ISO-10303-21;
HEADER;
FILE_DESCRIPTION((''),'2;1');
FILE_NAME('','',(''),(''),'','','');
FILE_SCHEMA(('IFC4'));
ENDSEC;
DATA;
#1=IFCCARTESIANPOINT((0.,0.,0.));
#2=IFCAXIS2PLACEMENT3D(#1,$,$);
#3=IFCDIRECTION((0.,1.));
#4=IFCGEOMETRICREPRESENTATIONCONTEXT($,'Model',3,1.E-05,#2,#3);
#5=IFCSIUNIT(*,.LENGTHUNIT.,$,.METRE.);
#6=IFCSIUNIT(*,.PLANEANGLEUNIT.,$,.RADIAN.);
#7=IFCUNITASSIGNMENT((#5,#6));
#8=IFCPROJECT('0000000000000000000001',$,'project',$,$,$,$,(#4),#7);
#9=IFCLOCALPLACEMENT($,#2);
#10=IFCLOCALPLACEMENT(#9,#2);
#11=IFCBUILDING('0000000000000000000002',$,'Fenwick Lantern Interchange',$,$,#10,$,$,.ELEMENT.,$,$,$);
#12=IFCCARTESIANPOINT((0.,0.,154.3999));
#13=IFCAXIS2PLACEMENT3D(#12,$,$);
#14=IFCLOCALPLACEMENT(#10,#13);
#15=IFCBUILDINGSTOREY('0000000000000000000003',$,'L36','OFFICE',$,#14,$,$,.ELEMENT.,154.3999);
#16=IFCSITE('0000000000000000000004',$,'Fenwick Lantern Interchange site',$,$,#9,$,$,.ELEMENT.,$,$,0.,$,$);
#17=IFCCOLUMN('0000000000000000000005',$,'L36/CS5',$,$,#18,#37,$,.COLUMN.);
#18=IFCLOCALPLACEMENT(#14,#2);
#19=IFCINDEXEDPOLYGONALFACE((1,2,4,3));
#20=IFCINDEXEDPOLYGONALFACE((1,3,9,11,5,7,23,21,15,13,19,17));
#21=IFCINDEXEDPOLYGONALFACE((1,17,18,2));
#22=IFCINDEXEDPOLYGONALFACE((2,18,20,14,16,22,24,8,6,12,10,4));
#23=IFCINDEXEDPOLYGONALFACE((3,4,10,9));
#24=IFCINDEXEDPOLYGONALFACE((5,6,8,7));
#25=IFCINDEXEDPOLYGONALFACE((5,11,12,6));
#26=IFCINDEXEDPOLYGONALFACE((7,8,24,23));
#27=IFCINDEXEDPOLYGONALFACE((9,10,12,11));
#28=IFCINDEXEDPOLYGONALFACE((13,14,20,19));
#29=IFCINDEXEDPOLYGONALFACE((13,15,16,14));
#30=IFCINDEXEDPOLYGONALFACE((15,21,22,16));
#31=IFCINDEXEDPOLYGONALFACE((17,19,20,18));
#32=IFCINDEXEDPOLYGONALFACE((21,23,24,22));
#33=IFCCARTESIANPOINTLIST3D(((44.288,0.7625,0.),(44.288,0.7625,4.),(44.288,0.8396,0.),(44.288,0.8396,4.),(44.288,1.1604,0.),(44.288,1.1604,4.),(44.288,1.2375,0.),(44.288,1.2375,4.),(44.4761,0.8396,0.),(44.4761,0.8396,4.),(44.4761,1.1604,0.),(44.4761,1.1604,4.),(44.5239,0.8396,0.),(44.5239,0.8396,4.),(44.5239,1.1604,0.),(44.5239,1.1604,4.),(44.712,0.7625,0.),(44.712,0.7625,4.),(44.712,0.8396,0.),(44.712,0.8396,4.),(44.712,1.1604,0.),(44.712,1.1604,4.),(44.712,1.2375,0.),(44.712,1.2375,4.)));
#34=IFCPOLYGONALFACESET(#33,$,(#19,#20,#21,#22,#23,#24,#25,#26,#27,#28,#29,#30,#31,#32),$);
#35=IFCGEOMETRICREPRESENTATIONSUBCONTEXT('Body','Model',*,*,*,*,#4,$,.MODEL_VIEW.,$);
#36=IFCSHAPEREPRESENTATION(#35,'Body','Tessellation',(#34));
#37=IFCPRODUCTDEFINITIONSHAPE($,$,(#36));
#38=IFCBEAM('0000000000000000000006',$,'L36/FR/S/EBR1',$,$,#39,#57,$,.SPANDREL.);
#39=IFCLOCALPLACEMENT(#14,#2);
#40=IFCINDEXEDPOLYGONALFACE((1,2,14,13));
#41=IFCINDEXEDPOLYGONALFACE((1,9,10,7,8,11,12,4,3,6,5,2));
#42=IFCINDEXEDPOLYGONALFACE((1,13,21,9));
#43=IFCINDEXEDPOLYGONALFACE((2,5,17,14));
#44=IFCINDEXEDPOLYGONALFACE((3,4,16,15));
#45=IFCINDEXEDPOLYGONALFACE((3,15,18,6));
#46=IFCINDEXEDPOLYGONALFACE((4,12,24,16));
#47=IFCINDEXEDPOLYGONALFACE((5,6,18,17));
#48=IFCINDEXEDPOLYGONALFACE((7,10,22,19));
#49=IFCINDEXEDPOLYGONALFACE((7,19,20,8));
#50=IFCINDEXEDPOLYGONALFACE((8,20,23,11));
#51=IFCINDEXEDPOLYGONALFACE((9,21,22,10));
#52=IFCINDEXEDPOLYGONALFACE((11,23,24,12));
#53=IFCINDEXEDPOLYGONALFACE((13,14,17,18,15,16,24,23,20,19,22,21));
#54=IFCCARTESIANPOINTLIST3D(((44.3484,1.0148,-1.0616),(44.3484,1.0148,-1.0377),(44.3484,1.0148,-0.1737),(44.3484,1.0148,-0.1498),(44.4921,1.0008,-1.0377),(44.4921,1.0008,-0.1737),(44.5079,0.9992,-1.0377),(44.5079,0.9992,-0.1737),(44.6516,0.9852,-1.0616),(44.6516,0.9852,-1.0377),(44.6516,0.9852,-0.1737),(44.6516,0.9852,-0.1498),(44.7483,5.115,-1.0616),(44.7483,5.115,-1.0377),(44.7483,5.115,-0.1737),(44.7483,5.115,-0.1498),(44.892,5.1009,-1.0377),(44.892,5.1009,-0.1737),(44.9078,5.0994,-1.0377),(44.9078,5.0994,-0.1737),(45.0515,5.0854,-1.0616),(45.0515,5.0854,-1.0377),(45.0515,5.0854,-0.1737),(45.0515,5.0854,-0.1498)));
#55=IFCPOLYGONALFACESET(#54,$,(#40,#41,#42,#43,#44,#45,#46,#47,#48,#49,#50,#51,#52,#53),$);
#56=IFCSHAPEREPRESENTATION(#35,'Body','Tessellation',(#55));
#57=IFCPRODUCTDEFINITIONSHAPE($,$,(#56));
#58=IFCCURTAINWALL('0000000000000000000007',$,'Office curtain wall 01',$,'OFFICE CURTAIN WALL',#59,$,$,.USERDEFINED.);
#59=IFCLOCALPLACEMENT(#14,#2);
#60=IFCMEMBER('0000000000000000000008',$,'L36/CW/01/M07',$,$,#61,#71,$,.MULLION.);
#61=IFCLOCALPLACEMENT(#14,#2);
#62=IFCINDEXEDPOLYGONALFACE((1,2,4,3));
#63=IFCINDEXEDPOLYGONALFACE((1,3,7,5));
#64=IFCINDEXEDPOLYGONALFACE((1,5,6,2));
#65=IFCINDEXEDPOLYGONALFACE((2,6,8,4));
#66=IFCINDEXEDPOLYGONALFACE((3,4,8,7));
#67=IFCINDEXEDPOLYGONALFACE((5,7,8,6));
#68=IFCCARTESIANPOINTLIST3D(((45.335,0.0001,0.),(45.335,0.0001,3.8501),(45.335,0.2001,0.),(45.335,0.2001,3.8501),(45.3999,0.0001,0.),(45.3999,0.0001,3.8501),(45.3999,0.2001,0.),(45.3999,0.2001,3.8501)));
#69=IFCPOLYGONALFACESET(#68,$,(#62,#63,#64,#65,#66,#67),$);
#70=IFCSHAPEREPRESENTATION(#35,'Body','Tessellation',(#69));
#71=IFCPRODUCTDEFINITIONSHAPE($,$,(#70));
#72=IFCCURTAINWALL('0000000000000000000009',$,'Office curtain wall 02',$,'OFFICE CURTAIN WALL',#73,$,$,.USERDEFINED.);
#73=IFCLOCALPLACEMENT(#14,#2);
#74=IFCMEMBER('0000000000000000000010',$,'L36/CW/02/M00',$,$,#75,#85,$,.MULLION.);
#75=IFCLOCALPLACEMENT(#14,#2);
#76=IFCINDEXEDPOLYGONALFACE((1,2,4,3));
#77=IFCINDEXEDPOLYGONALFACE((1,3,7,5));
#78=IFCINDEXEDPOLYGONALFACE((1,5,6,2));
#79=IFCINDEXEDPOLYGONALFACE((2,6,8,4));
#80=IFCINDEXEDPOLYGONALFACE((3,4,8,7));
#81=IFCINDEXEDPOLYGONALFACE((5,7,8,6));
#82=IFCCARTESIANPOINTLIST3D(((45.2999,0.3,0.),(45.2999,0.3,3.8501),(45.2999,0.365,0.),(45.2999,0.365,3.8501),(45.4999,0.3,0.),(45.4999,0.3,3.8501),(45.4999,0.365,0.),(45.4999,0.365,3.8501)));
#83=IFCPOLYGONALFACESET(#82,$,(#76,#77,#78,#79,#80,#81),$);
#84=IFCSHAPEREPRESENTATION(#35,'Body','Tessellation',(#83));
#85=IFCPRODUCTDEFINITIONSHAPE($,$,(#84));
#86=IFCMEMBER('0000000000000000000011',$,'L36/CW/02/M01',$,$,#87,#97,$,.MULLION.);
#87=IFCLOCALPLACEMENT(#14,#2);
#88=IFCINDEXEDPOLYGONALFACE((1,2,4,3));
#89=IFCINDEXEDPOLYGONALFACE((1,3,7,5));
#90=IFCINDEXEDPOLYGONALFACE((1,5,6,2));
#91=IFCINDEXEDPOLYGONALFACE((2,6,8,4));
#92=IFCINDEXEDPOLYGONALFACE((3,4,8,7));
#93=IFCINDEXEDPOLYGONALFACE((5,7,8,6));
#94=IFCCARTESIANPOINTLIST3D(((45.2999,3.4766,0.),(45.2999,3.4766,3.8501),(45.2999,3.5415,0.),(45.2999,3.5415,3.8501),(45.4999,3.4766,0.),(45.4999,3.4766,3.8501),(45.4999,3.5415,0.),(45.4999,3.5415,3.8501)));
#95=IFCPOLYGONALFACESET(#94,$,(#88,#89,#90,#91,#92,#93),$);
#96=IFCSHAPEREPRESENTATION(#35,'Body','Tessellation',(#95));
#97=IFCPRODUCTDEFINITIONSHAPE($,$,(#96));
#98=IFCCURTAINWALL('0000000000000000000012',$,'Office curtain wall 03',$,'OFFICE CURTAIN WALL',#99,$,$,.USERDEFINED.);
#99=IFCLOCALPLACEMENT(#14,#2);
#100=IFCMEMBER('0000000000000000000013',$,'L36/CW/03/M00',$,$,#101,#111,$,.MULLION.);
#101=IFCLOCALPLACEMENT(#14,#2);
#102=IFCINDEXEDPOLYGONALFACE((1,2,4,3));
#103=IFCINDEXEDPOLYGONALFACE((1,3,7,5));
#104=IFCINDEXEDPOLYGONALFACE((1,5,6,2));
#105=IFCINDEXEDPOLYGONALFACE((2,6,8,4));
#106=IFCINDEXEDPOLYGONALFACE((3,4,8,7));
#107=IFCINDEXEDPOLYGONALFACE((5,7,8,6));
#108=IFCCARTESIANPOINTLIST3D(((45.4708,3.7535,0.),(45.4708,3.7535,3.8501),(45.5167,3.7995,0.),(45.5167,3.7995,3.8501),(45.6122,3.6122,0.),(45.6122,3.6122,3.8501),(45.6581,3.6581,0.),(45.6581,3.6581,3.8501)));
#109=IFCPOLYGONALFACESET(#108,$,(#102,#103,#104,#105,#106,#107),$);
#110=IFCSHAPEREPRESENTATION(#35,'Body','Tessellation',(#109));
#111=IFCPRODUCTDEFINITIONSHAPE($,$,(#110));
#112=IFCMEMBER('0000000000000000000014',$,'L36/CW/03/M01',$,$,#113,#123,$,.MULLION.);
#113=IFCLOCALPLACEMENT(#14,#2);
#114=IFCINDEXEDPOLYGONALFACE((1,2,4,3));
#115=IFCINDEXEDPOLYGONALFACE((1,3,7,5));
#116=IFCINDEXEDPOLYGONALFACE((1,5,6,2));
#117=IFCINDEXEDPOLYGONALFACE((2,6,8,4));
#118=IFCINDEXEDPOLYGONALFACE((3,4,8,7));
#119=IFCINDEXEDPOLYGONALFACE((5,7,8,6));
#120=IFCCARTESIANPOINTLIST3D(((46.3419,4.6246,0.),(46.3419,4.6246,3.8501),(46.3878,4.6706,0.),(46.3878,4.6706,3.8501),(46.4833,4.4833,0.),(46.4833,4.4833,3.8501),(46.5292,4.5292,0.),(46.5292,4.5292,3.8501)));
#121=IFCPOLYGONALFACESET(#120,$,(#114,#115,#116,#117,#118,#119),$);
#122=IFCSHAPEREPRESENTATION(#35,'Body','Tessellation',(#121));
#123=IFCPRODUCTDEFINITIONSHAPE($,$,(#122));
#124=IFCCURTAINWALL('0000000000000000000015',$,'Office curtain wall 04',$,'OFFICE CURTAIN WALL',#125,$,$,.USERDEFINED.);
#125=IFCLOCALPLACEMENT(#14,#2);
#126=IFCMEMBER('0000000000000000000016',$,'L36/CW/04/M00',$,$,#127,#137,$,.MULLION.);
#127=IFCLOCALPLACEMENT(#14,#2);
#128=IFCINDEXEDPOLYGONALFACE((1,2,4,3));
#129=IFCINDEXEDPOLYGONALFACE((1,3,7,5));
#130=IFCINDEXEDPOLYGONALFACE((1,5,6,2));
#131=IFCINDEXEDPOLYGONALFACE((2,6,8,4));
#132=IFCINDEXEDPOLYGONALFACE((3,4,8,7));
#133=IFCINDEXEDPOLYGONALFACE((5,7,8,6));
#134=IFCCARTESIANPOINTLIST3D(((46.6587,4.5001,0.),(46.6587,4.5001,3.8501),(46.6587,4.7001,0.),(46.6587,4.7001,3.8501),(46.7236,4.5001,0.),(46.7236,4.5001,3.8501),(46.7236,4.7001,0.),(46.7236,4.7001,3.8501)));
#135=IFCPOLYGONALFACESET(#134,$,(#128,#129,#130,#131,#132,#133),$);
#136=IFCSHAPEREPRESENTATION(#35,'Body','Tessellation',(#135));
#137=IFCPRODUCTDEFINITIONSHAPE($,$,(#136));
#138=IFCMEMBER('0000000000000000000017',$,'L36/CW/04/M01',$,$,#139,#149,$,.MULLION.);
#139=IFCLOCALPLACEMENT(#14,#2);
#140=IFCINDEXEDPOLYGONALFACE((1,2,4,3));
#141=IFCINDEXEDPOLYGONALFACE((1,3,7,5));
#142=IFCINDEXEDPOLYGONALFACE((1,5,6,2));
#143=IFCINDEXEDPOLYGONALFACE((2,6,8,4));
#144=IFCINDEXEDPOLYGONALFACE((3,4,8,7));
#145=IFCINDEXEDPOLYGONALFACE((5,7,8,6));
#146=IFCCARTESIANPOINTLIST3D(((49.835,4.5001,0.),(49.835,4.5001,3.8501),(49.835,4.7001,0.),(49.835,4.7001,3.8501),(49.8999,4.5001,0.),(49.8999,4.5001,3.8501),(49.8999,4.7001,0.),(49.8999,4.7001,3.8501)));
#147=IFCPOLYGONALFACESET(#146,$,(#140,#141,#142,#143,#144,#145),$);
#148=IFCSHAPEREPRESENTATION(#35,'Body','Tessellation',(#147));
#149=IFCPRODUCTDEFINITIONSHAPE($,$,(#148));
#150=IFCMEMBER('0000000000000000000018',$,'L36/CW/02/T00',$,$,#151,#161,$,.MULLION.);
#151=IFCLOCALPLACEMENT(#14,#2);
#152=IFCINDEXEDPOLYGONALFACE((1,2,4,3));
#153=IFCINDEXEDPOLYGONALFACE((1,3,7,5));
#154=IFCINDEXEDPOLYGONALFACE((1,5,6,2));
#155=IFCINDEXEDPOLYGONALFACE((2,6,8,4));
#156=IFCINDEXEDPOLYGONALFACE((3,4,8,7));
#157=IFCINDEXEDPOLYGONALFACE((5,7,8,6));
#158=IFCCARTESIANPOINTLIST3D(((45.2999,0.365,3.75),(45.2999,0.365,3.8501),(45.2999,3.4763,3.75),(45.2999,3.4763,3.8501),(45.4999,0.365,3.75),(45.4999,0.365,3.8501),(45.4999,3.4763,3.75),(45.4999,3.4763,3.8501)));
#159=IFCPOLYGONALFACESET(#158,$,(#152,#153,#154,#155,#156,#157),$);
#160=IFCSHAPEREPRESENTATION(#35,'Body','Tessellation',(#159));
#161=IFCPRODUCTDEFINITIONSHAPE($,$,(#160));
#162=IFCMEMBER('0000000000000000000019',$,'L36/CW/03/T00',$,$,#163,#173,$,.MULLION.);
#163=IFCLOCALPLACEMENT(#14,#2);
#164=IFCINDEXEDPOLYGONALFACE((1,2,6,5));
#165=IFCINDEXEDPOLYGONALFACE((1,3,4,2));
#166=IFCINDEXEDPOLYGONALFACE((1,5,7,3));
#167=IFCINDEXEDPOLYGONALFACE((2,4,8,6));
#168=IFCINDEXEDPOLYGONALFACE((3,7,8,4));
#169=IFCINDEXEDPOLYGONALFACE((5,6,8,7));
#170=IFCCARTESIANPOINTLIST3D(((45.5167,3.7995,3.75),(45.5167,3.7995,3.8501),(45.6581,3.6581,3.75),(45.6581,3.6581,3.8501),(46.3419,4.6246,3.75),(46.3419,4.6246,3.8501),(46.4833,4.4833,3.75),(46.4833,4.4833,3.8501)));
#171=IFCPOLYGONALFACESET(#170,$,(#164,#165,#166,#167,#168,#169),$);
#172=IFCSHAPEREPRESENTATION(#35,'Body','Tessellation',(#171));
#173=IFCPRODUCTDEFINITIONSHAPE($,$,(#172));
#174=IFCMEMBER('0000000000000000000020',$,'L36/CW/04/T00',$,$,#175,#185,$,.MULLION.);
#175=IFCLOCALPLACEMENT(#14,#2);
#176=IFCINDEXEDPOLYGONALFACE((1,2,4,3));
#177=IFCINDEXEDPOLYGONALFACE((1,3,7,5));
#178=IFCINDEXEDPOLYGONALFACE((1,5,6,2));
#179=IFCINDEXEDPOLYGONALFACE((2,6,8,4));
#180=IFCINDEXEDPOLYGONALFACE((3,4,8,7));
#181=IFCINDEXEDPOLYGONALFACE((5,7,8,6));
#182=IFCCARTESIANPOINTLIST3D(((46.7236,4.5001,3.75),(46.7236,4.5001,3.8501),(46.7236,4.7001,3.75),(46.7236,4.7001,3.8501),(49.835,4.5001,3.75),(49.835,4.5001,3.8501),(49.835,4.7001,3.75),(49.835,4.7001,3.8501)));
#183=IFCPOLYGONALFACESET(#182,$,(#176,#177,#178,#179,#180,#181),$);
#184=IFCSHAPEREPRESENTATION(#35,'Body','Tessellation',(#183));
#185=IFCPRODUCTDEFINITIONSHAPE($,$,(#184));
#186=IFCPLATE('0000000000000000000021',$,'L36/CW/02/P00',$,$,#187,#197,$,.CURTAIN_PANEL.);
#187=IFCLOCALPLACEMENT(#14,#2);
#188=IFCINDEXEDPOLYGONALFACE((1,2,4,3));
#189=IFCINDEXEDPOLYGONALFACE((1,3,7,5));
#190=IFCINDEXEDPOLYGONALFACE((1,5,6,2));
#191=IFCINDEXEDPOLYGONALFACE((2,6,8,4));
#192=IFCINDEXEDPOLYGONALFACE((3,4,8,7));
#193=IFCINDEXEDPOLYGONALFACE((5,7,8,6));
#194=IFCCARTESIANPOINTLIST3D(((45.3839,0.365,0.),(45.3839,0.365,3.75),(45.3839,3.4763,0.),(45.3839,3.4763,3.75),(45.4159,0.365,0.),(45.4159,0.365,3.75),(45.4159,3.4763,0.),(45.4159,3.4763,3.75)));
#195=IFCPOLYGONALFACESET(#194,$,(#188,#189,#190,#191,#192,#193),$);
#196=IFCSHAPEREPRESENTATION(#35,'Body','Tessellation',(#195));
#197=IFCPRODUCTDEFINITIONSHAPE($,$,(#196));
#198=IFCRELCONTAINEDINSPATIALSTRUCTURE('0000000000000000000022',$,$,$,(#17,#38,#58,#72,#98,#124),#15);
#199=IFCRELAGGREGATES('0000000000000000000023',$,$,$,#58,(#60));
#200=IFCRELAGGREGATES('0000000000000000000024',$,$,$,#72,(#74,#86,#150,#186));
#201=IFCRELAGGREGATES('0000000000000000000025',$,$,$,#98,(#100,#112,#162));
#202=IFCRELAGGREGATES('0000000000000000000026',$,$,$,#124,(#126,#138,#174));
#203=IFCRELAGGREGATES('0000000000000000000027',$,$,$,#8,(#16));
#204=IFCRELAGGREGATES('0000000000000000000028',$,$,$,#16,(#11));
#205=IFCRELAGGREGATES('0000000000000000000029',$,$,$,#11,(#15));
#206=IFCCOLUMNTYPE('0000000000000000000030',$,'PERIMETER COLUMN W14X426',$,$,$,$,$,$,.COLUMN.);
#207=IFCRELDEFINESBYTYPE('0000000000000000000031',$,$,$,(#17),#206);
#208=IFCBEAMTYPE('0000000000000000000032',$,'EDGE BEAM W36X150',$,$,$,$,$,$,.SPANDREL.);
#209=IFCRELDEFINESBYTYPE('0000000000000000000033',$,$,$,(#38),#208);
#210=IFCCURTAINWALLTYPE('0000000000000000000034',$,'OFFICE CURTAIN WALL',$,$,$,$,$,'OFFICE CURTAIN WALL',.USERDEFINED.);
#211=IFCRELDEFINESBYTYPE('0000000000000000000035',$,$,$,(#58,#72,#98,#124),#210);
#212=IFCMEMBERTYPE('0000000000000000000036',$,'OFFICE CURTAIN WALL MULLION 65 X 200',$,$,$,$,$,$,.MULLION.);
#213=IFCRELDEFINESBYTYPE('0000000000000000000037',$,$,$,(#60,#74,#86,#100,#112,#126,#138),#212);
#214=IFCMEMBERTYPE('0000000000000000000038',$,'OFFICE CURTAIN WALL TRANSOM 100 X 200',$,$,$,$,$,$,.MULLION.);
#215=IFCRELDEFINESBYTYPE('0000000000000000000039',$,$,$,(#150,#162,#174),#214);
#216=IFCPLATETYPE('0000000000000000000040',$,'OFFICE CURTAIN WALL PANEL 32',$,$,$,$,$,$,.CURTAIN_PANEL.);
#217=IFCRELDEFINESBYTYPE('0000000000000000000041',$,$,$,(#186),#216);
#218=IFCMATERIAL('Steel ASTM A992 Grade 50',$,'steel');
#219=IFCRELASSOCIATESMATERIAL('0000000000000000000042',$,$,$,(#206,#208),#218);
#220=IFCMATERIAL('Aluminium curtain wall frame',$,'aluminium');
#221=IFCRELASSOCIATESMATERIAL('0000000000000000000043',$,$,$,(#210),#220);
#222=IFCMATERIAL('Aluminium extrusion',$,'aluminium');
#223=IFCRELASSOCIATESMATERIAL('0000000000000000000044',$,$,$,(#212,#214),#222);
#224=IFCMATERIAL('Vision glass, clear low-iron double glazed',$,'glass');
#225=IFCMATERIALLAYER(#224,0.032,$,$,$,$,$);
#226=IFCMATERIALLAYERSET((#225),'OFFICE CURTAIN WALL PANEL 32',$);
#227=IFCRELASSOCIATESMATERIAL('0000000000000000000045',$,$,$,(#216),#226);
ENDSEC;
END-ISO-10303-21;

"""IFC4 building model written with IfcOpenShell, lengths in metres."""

from ifc_helpers import new_model, si_unit, direction, frame, origin, origin_2d, place, context, subcontext, project, spatial, rectangle, i_section, extrude, material, layer, layer_set, material_profile, profile_set, type_object, element, aggregate, save


model = new_model("IFC4")

# Units and contexts
model_context = context("Model", 3, precision=1e-05, world=origin(), true_north=direction((0.0, 1.0)))
body_context = subcontext(model_context, "Body", "Model", "MODEL_VIEW")
ifc_project = project(units=[si_unit("LENGTHUNIT", "METRE"), si_unit("PLANEANGLEUNIT", "RADIAN")], contexts=[model_context])

# Site, building, storey
site_placement = place(None, origin())
site = spatial("IfcSite", under=ifc_project, at=site_placement, Name="Fenwick Lantern Interchange site", CompositionType="ELEMENT", RefElevation=0.0)
building_placement = place(site_placement, origin())
building = spatial("IfcBuilding", under=site, at=building_placement, Name="Fenwick Lantern Interchange", CompositionType="ELEMENT")
storey_placement = place(building_placement, frame((0.0, 0.0, 154.3999)))
storey = spatial("IfcBuildingStorey", under=building, at=storey_placement, Name="L36", Description="OFFICE", CompositionType="ELEMENT", Elevation=154.3999)

# Column
ifc_material_1 = material(Name="Steel ASTM A992 Grade 50", Category="steel")
ifc_material_profile_1 = material_profile(ifc_material_1, i_section(OverallWidth=0.4241, OverallDepth=0.4751, WebThickness=0.0479, FlangeThickness=0.0771, at=origin_2d()), Name="W14X426")
ifc_profile_set_1 = profile_set([ifc_material_profile_1], Name="Steel ASTM A992 Grade 50")
column_type = type_object("IfcColumnType", Name="PERIMETER COLUMN W14X426", PredefinedType="COLUMN", material=ifc_profile_set_1)
column_placement = place(storey_placement, frame((44.5, 1.0, 0.0), z_axis=(0.0, 0.0, 1.0), x_axis=(1.0, 0.0, 0.0)))
element("IfcColumn", 1, at=column_placement, inside=storey, type_object=column_type, Name="L36/CS5", PredefinedType="COLUMN", context=body_context, shape_type="SweptSolid", body=[
    extrude(i_section(OverallWidth=0.4241, OverallDepth=0.4751, WebThickness=0.0479, FlangeThickness=0.0771, at=origin_2d()), origin(), (0.0, 0.0, 1.0), 4.0),
])

# Beam
ifc_material_profile_2 = material_profile(ifc_material_1, i_section(OverallWidth=0.3047, OverallDepth=0.9119, WebThickness=0.0159, FlangeThickness=0.0239, at=origin_2d()), Name="W36X150")
ifc_profile_set_2 = profile_set([ifc_material_profile_2], Name="Steel ASTM A992 Grade 50")
beam_type = type_object("IfcBeamType", Name="EDGE BEAM W36X150", PredefinedType="SPANDREL", material=ifc_profile_set_2)
beam_placement = place(storey_placement, frame((44.5, 1.0, -0.6057), z_axis=(0.097074, 0.995277, 0.0), x_axis=(-0.995277, 0.097074, 0.0)))
element("IfcBeam", 2, at=beam_placement, inside=storey, type_object=beam_type, Name="L36/FR/S/EBR1", PredefinedType="SPANDREL", context=body_context, shape_type="SweptSolid", body=[
    extrude(i_section(OverallWidth=0.3047, OverallDepth=0.9119, WebThickness=0.0159, FlangeThickness=0.0239, at=origin_2d()), origin(), (0.0, 0.0, 1.0), 4.1196),
])

# Curtain wall, member
ifc_material_2 = material(Name="Aluminium curtain wall frame", Category="aluminium")
curtain_wall_type = type_object("IfcCurtainWallType", Name="OFFICE CURTAIN WALL", ElementType="OFFICE CURTAIN WALL", PredefinedType="USERDEFINED", material=ifc_material_2)
curtain_wall_1_placement = place(storey_placement, origin())
curtain_wall_1 = element("IfcCurtainWall", 3, at=curtain_wall_1_placement, inside=storey, type_object=curtain_wall_type, Name="Office curtain wall 01", ObjectType="OFFICE CURTAIN WALL", PredefinedType="USERDEFINED")
ifc_material_3 = material(Name="Aluminium extrusion", Category="aluminium")
ifc_material_profile_3 = material_profile(ifc_material_3, rectangle(XDim=0.2, YDim=0.0649, at=origin_2d()), Name="OFFICE CURTAIN WALL MULLION 65 X 200")
ifc_profile_set_3 = profile_set([ifc_material_profile_3], Name="Aluminium extrusion")
member_type_1 = type_object("IfcMemberType", Name="OFFICE CURTAIN WALL MULLION 65 X 200", PredefinedType="MULLION", material=ifc_profile_set_3)
member_1_placement = place(storey_placement, frame((45.3674, 0.1001, 0.0), z_axis=(0.0, 0.0, 1.0), x_axis=(0.0, 1.0, 0.0)))
member_1 = element("IfcMember", 4, at=member_1_placement, type_object=member_type_1, Name="L36/CW/01/M07", PredefinedType="MULLION", context=body_context, shape_type="SweptSolid", body=[
    extrude(rectangle(XDim=0.2, YDim=0.0649, at=origin_2d()), origin(), (0.0, 0.0, 1.0), 3.8501),
])
aggregate(curtain_wall_1, [member_1])

# Curtain walls, members
curtain_wall_2_placement = place(storey_placement, origin())
curtain_wall_2 = element("IfcCurtainWall", 5, at=curtain_wall_2_placement, inside=storey, type_object=curtain_wall_type, Name="Office curtain wall 02", ObjectType="OFFICE CURTAIN WALL", PredefinedType="USERDEFINED")
member_2_placement = place(storey_placement, frame((45.3999, 0.3325, 0.0), z_axis=(0.0, 0.0, 1.0), x_axis=(-1.0, 0.0, 0.0)))
member_2 = element("IfcMember", 6, at=member_2_placement, type_object=member_type_1, Name="L36/CW/02/M00", PredefinedType="MULLION", context=body_context, shape_type="SweptSolid", body=[
    extrude(rectangle(XDim=0.2, YDim=0.0649, at=origin_2d()), origin(), (0.0, 0.0, 1.0), 3.8501),
])
member_3_placement = place(storey_placement, frame((45.3999, 3.509, 0.0), z_axis=(0.0, 0.0, 1.0), x_axis=(-1.0, 0.0, 0.0)))
member_3 = element("IfcMember", 7, at=member_3_placement, type_object=member_type_1, Name="L36/CW/02/M01", PredefinedType="MULLION", context=body_context, shape_type="SweptSolid", body=[
    extrude(rectangle(XDim=0.2, YDim=0.0649, at=origin_2d()), origin(), (0.0, 0.0, 1.0), 3.8501),
])
curtain_wall_3_placement = place(storey_placement, origin())
curtain_wall_3 = element("IfcCurtainWall", 8, at=curtain_wall_3_placement, inside=storey, type_object=curtain_wall_type, Name="Office curtain wall 03", ObjectType="OFFICE CURTAIN WALL", PredefinedType="USERDEFINED")
member_4_placement = place(storey_placement, frame((45.5645, 3.7058, 0.0), z_axis=(0.0, 0.0, 1.0), x_axis=(-0.707107, 0.707107, 0.0)))
member_4 = element("IfcMember", 9, at=member_4_placement, type_object=member_type_1, Name="L36/CW/03/M00", PredefinedType="MULLION", context=body_context, shape_type="SweptSolid", body=[
    extrude(rectangle(XDim=0.2, YDim=0.0649, at=origin_2d()), origin(), (0.0, 0.0, 1.0), 3.8501),
])
member_5_placement = place(storey_placement, frame((46.4355, 4.5769, 0.0), z_axis=(0.0, 0.0, 1.0), x_axis=(-0.707107, 0.707107, 0.0)))
member_5 = element("IfcMember", 10, at=member_5_placement, type_object=member_type_1, Name="L36/CW/03/M01", PredefinedType="MULLION", context=body_context, shape_type="SweptSolid", body=[
    extrude(rectangle(XDim=0.2, YDim=0.0649, at=origin_2d()), origin(), (0.0, 0.0, 1.0), 3.8501),
])
curtain_wall_4_placement = place(storey_placement, origin())
curtain_wall_4 = element("IfcCurtainWall", 11, at=curtain_wall_4_placement, inside=storey, type_object=curtain_wall_type, Name="Office curtain wall 04", ObjectType="OFFICE CURTAIN WALL", PredefinedType="USERDEFINED")
member_6_placement = place(storey_placement, frame((46.6912, 4.6001, 0.0), z_axis=(0.0, 0.0, 1.0), x_axis=(0.0, 1.0, 0.0)))
member_6 = element("IfcMember", 12, at=member_6_placement, type_object=member_type_1, Name="L36/CW/04/M00", PredefinedType="MULLION", context=body_context, shape_type="SweptSolid", body=[
    extrude(rectangle(XDim=0.2, YDim=0.0649, at=origin_2d()), origin(), (0.0, 0.0, 1.0), 3.8501),
])
member_7_placement = place(storey_placement, frame((49.8674, 4.6001, 0.0), z_axis=(0.0, 0.0, 1.0), x_axis=(0.0, 1.0, 0.0)))
member_7 = element("IfcMember", 13, at=member_7_placement, type_object=member_type_1, Name="L36/CW/04/M01", PredefinedType="MULLION", context=body_context, shape_type="SweptSolid", body=[
    extrude(rectangle(XDim=0.2, YDim=0.0649, at=origin_2d()), origin(), (0.0, 0.0, 1.0), 3.8501),
])

# Members
ifc_material_profile_4 = material_profile(ifc_material_3, rectangle(XDim=0.2, YDim=0.1001, at=origin_2d()), Name="OFFICE CURTAIN WALL TRANSOM 100 X 200")
ifc_profile_set_4 = profile_set([ifc_material_profile_4], Name="Aluminium extrusion")
member_type_2 = type_object("IfcMemberType", Name="OFFICE CURTAIN WALL TRANSOM 100 X 200", PredefinedType="MULLION", material=ifc_profile_set_4)
member_8_placement = place(storey_placement, frame((45.3999, 0.365, 3.8), z_axis=(0.0, 1.0, 0.0), x_axis=(-1.0, 0.0, 0.0)))
member_8 = element("IfcMember", 14, at=member_8_placement, type_object=member_type_2, Name="L36/CW/02/T00", PredefinedType="MULLION", context=body_context, shape_type="SweptSolid", body=[
    extrude(rectangle(XDim=0.2, YDim=0.1001, at=origin_2d()), origin(), (0.0, 0.0, 1.0), 3.1113),
])
member_9_placement = place(storey_placement, frame((45.5874, 3.7288, 3.8), z_axis=(0.707107, 0.707107, 0.0), x_axis=(-0.707107, 0.707107, 0.0)))
member_9 = element("IfcMember", 15, at=member_9_placement, type_object=member_type_2, Name="L36/CW/03/T00", PredefinedType="MULLION", context=body_context, shape_type="SweptSolid", body=[
    extrude(rectangle(XDim=0.2, YDim=0.1001, at=origin_2d()), origin(), (0.0, 0.0, 1.0), 1.167),
])
member_10_placement = place(storey_placement, frame((46.7236, 4.6001, 3.8), z_axis=(1.0, 0.0, 0.0), x_axis=(0.0, 1.0, 0.0)))
member_10 = element("IfcMember", 16, at=member_10_placement, type_object=member_type_2, Name="L36/CW/04/T00", PredefinedType="MULLION", context=body_context, shape_type="SweptSolid", body=[
    extrude(rectangle(XDim=0.2, YDim=0.1001, at=origin_2d()), origin(), (0.0, 0.0, 1.0), 3.1113),
])

# Plate
ifc_material_4 = material(Name="Vision glass, clear low-iron double glazed", Category="glass")
ifc_layer_1 = layer(ifc_material_4, 0.032)
ifc_layer_set_1 = layer_set([ifc_layer_1], Name="OFFICE CURTAIN WALL PANEL 32")
plate_type = type_object("IfcPlateType", Name="OFFICE CURTAIN WALL PANEL 32", PredefinedType="CURTAIN_PANEL", material=ifc_layer_set_1)
plate_1_placement = place(storey_placement, frame((45.3999, 1.9207, 0.0), z_axis=(0.0, 0.0, 1.0), x_axis=(0.0, 1.0, 0.0)))
plate_1 = element("IfcPlate", 17, at=plate_1_placement, type_object=plate_type, Name="L36/CW/02/P00", PredefinedType="CURTAIN_PANEL", context=body_context, shape_type="SweptSolid", body=[
    extrude(rectangle(XDim=3.1113, YDim=0.032, at=origin_2d()), origin(), (0.0, 0.0, 1.0), 3.75),
])
aggregate(curtain_wall_2, [member_2, member_3, member_8, plate_1])
aggregate(curtain_wall_3, [member_4, member_5, member_9])
aggregate(curtain_wall_4, [member_6, member_7, member_10])

save(model, "model.ifc")
